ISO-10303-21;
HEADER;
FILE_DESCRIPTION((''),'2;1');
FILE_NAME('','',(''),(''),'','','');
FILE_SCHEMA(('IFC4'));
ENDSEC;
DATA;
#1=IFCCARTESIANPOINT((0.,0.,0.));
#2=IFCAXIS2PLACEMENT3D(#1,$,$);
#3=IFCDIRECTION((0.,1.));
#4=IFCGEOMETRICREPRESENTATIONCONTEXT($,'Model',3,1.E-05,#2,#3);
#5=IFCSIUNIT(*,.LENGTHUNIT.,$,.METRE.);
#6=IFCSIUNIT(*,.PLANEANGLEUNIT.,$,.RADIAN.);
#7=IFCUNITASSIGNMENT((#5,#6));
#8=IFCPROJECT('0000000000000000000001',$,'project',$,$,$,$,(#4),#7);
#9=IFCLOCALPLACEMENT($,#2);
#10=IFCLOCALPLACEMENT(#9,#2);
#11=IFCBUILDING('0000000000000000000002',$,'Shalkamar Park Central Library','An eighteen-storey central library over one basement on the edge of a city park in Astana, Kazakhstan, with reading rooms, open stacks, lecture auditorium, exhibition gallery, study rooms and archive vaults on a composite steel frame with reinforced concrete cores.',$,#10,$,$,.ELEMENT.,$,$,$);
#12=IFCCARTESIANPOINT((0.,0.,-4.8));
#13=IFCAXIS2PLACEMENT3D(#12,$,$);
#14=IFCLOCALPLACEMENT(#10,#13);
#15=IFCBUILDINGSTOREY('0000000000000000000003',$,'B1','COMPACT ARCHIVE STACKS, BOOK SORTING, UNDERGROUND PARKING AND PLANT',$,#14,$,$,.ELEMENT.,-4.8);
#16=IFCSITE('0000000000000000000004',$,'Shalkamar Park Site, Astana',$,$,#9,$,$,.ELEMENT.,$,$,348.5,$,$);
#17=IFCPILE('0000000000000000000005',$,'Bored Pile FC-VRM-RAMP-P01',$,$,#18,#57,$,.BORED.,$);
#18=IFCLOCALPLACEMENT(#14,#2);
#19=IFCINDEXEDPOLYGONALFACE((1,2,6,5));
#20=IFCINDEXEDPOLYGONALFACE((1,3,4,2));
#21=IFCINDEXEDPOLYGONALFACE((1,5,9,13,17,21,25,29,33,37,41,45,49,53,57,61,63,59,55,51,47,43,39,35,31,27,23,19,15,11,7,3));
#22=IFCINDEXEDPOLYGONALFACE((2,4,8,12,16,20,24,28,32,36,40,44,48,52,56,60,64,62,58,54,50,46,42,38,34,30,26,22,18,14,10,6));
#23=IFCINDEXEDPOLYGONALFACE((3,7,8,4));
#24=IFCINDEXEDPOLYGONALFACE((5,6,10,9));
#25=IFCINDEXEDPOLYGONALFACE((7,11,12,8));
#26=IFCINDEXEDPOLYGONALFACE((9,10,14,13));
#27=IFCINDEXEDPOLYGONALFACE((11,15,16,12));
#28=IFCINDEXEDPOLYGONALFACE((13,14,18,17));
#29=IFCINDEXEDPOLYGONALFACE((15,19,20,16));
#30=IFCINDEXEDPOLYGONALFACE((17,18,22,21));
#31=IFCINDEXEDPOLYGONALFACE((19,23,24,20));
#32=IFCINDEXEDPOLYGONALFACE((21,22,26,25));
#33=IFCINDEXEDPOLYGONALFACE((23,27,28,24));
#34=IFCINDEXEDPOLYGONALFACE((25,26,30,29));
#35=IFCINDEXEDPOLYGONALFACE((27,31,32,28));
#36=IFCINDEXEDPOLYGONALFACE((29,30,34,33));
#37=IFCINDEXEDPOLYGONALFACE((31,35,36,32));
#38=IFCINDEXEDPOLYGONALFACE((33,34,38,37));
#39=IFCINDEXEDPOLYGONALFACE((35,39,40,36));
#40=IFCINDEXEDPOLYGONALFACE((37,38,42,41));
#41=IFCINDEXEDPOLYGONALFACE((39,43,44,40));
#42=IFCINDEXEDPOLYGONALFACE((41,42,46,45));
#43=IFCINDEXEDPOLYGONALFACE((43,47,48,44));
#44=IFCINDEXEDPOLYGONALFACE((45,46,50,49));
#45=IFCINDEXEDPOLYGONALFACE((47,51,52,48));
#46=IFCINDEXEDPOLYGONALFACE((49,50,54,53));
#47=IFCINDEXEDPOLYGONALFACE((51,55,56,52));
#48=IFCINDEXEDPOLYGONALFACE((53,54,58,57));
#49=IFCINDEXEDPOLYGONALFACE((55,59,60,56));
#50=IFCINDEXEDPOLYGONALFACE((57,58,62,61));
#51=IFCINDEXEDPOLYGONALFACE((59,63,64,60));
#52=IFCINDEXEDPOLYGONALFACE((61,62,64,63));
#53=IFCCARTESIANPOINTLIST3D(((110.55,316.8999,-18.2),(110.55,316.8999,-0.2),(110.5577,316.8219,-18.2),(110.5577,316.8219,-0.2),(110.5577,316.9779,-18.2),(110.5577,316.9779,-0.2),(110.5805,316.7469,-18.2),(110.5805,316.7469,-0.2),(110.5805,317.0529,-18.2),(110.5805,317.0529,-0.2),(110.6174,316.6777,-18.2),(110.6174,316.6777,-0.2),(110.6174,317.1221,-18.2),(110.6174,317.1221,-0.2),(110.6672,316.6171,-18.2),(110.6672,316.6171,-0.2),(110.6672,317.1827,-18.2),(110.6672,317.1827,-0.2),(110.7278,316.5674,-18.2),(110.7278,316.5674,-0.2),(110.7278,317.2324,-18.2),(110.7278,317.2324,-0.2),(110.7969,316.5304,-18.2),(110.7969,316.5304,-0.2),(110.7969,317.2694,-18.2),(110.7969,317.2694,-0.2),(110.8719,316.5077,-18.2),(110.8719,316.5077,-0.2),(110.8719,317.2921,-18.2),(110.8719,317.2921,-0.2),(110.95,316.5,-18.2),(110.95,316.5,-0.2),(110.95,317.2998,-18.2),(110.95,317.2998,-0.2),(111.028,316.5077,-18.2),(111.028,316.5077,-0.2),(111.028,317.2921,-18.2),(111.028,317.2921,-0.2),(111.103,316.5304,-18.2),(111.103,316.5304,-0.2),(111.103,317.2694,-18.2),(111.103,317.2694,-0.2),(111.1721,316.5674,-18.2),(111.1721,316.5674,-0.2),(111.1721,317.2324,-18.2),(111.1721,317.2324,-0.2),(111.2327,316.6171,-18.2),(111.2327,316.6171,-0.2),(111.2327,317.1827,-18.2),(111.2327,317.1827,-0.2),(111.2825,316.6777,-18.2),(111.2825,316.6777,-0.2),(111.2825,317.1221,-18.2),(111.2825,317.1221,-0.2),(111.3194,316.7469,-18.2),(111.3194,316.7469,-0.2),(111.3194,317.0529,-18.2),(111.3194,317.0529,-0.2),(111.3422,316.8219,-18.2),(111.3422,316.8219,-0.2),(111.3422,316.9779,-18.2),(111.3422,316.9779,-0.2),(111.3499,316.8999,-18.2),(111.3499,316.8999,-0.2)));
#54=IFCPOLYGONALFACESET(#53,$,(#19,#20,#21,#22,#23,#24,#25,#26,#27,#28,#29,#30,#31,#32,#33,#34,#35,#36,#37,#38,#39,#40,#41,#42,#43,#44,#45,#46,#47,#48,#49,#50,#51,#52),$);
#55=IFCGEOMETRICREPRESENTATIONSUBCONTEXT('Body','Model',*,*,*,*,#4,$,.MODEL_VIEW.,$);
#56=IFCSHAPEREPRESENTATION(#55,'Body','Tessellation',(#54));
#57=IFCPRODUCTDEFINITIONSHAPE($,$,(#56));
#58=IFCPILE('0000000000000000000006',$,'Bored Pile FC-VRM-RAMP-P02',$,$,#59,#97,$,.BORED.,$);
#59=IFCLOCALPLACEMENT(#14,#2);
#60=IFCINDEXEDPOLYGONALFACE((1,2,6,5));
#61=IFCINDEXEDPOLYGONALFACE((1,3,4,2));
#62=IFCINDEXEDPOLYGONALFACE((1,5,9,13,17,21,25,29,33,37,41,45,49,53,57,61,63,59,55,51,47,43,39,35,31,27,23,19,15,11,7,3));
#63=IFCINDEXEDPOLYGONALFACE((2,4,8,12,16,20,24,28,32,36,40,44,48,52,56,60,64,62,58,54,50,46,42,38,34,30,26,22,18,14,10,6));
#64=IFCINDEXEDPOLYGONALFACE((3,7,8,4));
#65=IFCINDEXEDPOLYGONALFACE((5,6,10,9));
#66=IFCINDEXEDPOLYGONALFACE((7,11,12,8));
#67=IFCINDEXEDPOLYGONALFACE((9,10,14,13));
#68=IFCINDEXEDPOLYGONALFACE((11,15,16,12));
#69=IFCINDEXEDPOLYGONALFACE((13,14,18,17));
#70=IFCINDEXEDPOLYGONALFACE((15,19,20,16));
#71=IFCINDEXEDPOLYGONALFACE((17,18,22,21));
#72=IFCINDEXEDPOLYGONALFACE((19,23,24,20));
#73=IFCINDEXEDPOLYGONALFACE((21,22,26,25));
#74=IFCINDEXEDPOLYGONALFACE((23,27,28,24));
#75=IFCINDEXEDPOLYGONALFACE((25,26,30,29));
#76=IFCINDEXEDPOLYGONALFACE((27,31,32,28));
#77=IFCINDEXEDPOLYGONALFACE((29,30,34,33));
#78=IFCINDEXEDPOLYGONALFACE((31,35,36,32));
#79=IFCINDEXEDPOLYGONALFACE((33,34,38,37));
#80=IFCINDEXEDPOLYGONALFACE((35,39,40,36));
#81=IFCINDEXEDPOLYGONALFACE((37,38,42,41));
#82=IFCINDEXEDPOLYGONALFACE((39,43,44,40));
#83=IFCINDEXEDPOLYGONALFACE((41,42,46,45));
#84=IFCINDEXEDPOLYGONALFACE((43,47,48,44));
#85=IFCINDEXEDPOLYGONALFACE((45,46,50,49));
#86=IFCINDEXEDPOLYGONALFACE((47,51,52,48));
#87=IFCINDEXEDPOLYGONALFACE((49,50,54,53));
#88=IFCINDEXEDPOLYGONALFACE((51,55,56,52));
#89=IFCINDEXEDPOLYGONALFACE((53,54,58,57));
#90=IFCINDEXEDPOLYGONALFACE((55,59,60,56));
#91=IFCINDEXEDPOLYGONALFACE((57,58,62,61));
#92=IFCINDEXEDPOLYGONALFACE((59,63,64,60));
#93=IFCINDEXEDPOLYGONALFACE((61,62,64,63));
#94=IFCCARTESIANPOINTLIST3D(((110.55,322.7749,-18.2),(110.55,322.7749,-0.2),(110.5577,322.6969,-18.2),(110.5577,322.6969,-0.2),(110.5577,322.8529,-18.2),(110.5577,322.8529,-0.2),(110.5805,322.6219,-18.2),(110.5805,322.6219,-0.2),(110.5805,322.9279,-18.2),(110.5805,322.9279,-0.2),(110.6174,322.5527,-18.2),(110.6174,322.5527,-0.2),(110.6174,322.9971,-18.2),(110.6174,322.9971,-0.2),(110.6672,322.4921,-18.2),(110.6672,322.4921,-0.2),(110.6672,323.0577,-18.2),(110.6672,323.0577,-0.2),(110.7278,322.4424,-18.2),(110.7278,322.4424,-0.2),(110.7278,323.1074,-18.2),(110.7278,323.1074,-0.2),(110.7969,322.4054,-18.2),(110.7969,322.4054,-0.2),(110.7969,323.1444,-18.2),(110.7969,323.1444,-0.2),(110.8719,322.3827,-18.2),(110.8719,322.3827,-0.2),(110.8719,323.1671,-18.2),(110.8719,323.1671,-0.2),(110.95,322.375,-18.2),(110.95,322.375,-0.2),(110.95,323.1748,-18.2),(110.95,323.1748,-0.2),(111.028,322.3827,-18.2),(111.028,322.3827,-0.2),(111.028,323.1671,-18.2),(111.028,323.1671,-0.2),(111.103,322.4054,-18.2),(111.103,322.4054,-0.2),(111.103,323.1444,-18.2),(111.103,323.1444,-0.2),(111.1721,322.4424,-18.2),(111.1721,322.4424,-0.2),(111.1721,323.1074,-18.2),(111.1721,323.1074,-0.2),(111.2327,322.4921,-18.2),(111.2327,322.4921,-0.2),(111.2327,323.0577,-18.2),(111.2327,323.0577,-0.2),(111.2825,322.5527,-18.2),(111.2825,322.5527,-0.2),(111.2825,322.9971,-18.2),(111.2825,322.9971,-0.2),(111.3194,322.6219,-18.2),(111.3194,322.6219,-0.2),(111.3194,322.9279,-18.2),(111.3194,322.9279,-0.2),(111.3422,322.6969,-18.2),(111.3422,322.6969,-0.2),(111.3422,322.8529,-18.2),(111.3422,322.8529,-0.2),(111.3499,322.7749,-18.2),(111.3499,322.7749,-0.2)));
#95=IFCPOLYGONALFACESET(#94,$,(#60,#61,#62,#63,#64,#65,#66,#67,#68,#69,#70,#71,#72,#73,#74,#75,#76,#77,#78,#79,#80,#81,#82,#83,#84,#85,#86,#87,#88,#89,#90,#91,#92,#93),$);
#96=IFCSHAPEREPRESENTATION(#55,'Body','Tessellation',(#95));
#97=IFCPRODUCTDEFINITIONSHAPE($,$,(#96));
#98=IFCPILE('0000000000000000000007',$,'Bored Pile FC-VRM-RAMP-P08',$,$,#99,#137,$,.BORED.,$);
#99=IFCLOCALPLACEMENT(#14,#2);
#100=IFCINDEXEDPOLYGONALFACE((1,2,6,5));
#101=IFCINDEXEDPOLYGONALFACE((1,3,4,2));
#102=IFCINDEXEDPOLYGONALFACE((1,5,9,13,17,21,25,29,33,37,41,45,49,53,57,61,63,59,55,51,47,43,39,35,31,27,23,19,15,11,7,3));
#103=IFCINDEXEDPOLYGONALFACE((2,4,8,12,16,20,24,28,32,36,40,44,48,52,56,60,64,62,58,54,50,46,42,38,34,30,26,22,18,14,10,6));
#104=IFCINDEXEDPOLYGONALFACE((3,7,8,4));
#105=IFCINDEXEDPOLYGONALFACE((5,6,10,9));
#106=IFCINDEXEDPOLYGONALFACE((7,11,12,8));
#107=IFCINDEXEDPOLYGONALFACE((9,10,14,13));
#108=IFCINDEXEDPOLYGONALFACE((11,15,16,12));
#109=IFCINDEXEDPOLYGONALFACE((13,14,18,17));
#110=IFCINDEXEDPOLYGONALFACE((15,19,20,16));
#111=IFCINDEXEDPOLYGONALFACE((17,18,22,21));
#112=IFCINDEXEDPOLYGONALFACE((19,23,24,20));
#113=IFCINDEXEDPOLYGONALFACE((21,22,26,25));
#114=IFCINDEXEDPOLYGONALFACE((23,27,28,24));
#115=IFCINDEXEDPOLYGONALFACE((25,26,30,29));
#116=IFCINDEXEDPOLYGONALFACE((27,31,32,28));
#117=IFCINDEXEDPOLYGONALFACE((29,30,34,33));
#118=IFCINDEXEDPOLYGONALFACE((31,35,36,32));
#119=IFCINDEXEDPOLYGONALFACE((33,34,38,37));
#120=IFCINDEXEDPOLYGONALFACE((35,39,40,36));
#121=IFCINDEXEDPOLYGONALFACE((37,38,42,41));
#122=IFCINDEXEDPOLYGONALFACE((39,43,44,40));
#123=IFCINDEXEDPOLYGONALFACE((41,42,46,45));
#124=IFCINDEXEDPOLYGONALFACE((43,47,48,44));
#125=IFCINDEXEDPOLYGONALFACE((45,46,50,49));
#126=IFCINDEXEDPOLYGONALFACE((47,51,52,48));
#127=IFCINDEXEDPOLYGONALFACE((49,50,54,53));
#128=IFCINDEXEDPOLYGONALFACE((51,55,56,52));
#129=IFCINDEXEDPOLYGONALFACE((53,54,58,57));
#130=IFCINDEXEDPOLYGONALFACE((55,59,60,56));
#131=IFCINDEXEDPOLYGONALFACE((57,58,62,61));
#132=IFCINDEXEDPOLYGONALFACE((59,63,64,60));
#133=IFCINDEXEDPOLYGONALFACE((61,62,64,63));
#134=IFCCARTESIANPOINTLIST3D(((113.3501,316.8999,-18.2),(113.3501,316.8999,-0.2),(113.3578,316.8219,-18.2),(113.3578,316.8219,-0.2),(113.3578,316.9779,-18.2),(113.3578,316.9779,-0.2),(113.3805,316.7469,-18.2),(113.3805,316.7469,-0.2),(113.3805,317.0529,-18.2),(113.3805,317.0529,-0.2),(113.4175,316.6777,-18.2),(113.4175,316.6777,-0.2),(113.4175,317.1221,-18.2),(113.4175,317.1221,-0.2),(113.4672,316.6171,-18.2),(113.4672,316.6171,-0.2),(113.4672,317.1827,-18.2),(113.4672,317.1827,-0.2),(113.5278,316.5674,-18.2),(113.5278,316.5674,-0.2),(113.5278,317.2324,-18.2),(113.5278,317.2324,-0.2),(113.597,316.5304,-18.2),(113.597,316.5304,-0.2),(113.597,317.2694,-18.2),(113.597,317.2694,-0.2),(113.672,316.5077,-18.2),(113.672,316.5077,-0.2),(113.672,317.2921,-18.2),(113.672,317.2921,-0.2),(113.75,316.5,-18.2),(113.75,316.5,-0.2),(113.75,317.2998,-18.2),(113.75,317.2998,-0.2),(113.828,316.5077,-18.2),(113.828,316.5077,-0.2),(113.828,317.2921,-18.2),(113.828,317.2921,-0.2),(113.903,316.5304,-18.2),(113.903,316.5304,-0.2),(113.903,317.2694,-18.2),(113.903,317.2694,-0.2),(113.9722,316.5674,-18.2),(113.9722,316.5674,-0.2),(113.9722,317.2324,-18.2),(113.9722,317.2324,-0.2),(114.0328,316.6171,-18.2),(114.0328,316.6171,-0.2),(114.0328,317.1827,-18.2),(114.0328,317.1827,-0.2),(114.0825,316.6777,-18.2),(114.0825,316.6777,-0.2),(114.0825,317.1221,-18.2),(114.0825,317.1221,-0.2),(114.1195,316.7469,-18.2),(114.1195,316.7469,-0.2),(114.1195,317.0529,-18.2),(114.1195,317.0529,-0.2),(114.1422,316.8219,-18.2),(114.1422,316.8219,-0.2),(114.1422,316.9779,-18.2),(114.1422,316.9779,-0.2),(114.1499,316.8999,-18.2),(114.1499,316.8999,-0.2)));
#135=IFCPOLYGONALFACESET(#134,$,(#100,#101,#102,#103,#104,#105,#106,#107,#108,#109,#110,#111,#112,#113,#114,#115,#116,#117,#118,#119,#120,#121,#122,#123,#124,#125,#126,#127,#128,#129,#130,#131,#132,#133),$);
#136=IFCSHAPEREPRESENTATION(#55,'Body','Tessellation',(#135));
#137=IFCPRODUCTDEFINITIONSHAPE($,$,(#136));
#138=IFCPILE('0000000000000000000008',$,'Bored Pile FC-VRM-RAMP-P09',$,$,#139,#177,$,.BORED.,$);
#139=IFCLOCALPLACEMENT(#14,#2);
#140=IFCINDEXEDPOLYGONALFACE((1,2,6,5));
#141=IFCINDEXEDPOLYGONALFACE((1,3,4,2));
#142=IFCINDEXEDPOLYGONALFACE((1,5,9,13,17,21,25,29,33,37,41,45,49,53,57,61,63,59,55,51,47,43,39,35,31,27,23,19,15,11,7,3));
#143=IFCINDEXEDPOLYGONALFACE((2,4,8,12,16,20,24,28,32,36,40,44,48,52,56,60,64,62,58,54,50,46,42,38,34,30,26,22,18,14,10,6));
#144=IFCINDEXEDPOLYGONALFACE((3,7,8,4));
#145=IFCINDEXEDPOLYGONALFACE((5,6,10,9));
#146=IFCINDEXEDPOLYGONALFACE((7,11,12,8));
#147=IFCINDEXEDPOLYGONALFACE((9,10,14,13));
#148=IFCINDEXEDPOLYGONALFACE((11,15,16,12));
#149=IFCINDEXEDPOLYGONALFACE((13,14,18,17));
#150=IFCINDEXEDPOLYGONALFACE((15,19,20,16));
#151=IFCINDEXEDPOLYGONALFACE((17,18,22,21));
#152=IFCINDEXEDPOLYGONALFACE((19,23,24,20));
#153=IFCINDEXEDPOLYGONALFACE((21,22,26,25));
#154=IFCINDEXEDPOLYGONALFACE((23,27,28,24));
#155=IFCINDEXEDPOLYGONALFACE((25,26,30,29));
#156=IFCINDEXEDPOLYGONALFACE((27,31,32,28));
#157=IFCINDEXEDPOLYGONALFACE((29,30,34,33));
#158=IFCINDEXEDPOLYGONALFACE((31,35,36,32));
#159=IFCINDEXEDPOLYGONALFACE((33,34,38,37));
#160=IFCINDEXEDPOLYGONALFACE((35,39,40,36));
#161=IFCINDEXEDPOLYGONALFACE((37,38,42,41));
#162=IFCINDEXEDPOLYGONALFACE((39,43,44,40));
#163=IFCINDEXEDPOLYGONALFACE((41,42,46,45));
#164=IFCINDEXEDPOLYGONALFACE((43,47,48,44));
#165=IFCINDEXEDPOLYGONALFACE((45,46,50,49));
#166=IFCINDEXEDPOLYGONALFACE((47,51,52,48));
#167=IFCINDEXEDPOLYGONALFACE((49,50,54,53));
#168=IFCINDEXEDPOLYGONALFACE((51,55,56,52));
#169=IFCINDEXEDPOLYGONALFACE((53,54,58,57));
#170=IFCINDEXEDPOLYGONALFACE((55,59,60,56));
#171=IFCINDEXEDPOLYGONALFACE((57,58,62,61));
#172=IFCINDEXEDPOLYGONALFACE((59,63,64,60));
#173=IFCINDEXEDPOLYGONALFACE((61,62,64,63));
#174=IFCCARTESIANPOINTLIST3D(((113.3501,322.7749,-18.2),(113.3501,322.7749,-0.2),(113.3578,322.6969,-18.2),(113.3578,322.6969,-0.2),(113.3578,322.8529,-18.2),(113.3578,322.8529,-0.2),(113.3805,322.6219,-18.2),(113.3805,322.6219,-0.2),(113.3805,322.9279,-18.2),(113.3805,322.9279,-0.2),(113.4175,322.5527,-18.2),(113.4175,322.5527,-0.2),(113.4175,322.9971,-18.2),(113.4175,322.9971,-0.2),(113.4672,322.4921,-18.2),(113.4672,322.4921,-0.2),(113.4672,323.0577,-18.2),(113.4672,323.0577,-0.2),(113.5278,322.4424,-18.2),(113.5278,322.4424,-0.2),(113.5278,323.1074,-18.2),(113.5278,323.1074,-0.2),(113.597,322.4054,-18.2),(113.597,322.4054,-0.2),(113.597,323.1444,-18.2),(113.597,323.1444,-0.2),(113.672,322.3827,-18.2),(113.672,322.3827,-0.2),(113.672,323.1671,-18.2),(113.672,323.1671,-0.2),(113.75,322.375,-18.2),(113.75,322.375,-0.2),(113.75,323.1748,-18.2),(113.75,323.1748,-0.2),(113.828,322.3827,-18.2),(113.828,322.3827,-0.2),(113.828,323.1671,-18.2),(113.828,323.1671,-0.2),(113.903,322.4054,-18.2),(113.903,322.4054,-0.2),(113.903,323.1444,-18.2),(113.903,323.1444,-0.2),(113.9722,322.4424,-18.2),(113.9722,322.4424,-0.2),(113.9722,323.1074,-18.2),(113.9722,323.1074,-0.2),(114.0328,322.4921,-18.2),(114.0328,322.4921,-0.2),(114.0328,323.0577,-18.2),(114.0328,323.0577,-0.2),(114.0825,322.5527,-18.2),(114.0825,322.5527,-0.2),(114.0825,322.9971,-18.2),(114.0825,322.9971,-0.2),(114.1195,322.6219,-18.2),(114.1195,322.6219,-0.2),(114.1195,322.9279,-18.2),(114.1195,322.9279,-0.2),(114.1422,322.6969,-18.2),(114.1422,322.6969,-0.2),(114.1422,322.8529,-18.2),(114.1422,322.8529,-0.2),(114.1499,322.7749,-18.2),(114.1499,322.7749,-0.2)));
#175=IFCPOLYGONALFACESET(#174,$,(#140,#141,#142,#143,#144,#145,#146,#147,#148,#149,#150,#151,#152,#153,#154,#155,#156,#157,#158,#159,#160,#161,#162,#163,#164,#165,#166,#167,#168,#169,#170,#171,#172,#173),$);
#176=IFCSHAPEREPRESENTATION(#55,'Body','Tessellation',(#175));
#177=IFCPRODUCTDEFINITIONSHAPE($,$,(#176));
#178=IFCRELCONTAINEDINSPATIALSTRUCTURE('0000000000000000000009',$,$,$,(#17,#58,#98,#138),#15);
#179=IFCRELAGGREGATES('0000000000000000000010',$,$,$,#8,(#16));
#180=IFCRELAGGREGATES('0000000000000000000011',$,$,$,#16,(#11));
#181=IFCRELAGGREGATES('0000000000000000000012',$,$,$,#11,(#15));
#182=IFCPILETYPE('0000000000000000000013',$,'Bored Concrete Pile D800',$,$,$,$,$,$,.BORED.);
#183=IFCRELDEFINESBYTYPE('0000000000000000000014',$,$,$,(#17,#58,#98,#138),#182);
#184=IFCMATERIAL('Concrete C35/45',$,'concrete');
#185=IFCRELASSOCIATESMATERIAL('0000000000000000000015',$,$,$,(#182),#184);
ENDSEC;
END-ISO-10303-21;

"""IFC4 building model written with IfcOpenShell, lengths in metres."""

from ifc_helpers import new_model, si_unit, direction, frame, origin, origin_2d, place, context, subcontext, project, spatial, circle, extrude, material, material_profile, profile_set, type_object, element, save


model = new_model("IFC4")

# Units and contexts
model_context = context("Model", 3, precision=1e-05, world=origin(), true_north=direction((0.0, 1.0)))
body_context = subcontext(model_context, "Body", "Model", "MODEL_VIEW")
ifc_project = project(units=[si_unit("LENGTHUNIT", "METRE"), si_unit("PLANEANGLEUNIT", "RADIAN")], contexts=[model_context])

# Site, building, storey
site_placement = place(None, origin())
site = spatial("IfcSite", under=ifc_project, at=site_placement, Name="Shalkamar Park Site, Astana", CompositionType="ELEMENT", RefElevation=348.5)
building_placement = place(site_placement, origin())
building = spatial("IfcBuilding", under=site, at=building_placement, Name="Shalkamar Park Central Library", Description="An eighteen-storey central library over one basement on the edge of a city park in Astana, Kazakhstan, with reading rooms, open stacks, lecture auditorium, exhibition gallery, study rooms and archive vaults on a composite steel frame with reinforced concrete cores.", CompositionType="ELEMENT")
storey_placement = place(building_placement, frame((0.0, 0.0, -4.8)))
storey = spatial("IfcBuildingStorey", under=building, at=storey_placement, Name="B1", Description="COMPACT ARCHIVE STACKS, BOOK SORTING, UNDERGROUND PARKING AND PLANT", CompositionType="ELEMENT", Elevation=-4.8)

# Piles
ifc_material_1 = material(Name="Concrete C35/45", Category="concrete")
ifc_material_profile_1 = material_profile(ifc_material_1, circle(Radius=0.3999, at=origin_2d()), Name="PILE D800")
ifc_profile_set_1 = profile_set([ifc_material_profile_1], Name="Concrete C35/45")
pile_type_1 = type_object("IfcPileType", Name="Bored Concrete Pile D800", PredefinedType="BORED", material=ifc_profile_set_1)
for number, where, z_axis, x_axis, name in (
    (1, (110.95, 316.8999, -0.2), (0.0, 0.0, -1.0), (1.0, 0.0, 0.0), "Bored Pile FC-VRM-RAMP-P01"),
    (2, (110.95, 322.7749, -0.2), (0.0, 0.0, -1.0), (1.0, 0.0, 0.0), "Bored Pile FC-VRM-RAMP-P02"),
    (3, (113.75, 316.8999, -0.2), (0.0, 0.0, -1.0), (1.0, 0.0, 0.0), "Bored Pile FC-VRM-RAMP-P08"),
    (4, (113.75, 322.7749, -0.2), (0.0, 0.0, -1.0), (1.0, 0.0, 0.0), "Bored Pile FC-VRM-RAMP-P09"),
):
    element("IfcPile", number, at=place(storey_placement, frame(where, z_axis=z_axis, x_axis=x_axis)), inside=storey, type_object=pile_type_1, Name=name, PredefinedType="BORED", context=body_context, shape_type="SweptSolid", body=[
        extrude(circle(Radius=0.3999, at=origin_2d()), origin(), (0.0, 0.0, 1.0), 18.0),
    ])

save(model, "model.ifc")
